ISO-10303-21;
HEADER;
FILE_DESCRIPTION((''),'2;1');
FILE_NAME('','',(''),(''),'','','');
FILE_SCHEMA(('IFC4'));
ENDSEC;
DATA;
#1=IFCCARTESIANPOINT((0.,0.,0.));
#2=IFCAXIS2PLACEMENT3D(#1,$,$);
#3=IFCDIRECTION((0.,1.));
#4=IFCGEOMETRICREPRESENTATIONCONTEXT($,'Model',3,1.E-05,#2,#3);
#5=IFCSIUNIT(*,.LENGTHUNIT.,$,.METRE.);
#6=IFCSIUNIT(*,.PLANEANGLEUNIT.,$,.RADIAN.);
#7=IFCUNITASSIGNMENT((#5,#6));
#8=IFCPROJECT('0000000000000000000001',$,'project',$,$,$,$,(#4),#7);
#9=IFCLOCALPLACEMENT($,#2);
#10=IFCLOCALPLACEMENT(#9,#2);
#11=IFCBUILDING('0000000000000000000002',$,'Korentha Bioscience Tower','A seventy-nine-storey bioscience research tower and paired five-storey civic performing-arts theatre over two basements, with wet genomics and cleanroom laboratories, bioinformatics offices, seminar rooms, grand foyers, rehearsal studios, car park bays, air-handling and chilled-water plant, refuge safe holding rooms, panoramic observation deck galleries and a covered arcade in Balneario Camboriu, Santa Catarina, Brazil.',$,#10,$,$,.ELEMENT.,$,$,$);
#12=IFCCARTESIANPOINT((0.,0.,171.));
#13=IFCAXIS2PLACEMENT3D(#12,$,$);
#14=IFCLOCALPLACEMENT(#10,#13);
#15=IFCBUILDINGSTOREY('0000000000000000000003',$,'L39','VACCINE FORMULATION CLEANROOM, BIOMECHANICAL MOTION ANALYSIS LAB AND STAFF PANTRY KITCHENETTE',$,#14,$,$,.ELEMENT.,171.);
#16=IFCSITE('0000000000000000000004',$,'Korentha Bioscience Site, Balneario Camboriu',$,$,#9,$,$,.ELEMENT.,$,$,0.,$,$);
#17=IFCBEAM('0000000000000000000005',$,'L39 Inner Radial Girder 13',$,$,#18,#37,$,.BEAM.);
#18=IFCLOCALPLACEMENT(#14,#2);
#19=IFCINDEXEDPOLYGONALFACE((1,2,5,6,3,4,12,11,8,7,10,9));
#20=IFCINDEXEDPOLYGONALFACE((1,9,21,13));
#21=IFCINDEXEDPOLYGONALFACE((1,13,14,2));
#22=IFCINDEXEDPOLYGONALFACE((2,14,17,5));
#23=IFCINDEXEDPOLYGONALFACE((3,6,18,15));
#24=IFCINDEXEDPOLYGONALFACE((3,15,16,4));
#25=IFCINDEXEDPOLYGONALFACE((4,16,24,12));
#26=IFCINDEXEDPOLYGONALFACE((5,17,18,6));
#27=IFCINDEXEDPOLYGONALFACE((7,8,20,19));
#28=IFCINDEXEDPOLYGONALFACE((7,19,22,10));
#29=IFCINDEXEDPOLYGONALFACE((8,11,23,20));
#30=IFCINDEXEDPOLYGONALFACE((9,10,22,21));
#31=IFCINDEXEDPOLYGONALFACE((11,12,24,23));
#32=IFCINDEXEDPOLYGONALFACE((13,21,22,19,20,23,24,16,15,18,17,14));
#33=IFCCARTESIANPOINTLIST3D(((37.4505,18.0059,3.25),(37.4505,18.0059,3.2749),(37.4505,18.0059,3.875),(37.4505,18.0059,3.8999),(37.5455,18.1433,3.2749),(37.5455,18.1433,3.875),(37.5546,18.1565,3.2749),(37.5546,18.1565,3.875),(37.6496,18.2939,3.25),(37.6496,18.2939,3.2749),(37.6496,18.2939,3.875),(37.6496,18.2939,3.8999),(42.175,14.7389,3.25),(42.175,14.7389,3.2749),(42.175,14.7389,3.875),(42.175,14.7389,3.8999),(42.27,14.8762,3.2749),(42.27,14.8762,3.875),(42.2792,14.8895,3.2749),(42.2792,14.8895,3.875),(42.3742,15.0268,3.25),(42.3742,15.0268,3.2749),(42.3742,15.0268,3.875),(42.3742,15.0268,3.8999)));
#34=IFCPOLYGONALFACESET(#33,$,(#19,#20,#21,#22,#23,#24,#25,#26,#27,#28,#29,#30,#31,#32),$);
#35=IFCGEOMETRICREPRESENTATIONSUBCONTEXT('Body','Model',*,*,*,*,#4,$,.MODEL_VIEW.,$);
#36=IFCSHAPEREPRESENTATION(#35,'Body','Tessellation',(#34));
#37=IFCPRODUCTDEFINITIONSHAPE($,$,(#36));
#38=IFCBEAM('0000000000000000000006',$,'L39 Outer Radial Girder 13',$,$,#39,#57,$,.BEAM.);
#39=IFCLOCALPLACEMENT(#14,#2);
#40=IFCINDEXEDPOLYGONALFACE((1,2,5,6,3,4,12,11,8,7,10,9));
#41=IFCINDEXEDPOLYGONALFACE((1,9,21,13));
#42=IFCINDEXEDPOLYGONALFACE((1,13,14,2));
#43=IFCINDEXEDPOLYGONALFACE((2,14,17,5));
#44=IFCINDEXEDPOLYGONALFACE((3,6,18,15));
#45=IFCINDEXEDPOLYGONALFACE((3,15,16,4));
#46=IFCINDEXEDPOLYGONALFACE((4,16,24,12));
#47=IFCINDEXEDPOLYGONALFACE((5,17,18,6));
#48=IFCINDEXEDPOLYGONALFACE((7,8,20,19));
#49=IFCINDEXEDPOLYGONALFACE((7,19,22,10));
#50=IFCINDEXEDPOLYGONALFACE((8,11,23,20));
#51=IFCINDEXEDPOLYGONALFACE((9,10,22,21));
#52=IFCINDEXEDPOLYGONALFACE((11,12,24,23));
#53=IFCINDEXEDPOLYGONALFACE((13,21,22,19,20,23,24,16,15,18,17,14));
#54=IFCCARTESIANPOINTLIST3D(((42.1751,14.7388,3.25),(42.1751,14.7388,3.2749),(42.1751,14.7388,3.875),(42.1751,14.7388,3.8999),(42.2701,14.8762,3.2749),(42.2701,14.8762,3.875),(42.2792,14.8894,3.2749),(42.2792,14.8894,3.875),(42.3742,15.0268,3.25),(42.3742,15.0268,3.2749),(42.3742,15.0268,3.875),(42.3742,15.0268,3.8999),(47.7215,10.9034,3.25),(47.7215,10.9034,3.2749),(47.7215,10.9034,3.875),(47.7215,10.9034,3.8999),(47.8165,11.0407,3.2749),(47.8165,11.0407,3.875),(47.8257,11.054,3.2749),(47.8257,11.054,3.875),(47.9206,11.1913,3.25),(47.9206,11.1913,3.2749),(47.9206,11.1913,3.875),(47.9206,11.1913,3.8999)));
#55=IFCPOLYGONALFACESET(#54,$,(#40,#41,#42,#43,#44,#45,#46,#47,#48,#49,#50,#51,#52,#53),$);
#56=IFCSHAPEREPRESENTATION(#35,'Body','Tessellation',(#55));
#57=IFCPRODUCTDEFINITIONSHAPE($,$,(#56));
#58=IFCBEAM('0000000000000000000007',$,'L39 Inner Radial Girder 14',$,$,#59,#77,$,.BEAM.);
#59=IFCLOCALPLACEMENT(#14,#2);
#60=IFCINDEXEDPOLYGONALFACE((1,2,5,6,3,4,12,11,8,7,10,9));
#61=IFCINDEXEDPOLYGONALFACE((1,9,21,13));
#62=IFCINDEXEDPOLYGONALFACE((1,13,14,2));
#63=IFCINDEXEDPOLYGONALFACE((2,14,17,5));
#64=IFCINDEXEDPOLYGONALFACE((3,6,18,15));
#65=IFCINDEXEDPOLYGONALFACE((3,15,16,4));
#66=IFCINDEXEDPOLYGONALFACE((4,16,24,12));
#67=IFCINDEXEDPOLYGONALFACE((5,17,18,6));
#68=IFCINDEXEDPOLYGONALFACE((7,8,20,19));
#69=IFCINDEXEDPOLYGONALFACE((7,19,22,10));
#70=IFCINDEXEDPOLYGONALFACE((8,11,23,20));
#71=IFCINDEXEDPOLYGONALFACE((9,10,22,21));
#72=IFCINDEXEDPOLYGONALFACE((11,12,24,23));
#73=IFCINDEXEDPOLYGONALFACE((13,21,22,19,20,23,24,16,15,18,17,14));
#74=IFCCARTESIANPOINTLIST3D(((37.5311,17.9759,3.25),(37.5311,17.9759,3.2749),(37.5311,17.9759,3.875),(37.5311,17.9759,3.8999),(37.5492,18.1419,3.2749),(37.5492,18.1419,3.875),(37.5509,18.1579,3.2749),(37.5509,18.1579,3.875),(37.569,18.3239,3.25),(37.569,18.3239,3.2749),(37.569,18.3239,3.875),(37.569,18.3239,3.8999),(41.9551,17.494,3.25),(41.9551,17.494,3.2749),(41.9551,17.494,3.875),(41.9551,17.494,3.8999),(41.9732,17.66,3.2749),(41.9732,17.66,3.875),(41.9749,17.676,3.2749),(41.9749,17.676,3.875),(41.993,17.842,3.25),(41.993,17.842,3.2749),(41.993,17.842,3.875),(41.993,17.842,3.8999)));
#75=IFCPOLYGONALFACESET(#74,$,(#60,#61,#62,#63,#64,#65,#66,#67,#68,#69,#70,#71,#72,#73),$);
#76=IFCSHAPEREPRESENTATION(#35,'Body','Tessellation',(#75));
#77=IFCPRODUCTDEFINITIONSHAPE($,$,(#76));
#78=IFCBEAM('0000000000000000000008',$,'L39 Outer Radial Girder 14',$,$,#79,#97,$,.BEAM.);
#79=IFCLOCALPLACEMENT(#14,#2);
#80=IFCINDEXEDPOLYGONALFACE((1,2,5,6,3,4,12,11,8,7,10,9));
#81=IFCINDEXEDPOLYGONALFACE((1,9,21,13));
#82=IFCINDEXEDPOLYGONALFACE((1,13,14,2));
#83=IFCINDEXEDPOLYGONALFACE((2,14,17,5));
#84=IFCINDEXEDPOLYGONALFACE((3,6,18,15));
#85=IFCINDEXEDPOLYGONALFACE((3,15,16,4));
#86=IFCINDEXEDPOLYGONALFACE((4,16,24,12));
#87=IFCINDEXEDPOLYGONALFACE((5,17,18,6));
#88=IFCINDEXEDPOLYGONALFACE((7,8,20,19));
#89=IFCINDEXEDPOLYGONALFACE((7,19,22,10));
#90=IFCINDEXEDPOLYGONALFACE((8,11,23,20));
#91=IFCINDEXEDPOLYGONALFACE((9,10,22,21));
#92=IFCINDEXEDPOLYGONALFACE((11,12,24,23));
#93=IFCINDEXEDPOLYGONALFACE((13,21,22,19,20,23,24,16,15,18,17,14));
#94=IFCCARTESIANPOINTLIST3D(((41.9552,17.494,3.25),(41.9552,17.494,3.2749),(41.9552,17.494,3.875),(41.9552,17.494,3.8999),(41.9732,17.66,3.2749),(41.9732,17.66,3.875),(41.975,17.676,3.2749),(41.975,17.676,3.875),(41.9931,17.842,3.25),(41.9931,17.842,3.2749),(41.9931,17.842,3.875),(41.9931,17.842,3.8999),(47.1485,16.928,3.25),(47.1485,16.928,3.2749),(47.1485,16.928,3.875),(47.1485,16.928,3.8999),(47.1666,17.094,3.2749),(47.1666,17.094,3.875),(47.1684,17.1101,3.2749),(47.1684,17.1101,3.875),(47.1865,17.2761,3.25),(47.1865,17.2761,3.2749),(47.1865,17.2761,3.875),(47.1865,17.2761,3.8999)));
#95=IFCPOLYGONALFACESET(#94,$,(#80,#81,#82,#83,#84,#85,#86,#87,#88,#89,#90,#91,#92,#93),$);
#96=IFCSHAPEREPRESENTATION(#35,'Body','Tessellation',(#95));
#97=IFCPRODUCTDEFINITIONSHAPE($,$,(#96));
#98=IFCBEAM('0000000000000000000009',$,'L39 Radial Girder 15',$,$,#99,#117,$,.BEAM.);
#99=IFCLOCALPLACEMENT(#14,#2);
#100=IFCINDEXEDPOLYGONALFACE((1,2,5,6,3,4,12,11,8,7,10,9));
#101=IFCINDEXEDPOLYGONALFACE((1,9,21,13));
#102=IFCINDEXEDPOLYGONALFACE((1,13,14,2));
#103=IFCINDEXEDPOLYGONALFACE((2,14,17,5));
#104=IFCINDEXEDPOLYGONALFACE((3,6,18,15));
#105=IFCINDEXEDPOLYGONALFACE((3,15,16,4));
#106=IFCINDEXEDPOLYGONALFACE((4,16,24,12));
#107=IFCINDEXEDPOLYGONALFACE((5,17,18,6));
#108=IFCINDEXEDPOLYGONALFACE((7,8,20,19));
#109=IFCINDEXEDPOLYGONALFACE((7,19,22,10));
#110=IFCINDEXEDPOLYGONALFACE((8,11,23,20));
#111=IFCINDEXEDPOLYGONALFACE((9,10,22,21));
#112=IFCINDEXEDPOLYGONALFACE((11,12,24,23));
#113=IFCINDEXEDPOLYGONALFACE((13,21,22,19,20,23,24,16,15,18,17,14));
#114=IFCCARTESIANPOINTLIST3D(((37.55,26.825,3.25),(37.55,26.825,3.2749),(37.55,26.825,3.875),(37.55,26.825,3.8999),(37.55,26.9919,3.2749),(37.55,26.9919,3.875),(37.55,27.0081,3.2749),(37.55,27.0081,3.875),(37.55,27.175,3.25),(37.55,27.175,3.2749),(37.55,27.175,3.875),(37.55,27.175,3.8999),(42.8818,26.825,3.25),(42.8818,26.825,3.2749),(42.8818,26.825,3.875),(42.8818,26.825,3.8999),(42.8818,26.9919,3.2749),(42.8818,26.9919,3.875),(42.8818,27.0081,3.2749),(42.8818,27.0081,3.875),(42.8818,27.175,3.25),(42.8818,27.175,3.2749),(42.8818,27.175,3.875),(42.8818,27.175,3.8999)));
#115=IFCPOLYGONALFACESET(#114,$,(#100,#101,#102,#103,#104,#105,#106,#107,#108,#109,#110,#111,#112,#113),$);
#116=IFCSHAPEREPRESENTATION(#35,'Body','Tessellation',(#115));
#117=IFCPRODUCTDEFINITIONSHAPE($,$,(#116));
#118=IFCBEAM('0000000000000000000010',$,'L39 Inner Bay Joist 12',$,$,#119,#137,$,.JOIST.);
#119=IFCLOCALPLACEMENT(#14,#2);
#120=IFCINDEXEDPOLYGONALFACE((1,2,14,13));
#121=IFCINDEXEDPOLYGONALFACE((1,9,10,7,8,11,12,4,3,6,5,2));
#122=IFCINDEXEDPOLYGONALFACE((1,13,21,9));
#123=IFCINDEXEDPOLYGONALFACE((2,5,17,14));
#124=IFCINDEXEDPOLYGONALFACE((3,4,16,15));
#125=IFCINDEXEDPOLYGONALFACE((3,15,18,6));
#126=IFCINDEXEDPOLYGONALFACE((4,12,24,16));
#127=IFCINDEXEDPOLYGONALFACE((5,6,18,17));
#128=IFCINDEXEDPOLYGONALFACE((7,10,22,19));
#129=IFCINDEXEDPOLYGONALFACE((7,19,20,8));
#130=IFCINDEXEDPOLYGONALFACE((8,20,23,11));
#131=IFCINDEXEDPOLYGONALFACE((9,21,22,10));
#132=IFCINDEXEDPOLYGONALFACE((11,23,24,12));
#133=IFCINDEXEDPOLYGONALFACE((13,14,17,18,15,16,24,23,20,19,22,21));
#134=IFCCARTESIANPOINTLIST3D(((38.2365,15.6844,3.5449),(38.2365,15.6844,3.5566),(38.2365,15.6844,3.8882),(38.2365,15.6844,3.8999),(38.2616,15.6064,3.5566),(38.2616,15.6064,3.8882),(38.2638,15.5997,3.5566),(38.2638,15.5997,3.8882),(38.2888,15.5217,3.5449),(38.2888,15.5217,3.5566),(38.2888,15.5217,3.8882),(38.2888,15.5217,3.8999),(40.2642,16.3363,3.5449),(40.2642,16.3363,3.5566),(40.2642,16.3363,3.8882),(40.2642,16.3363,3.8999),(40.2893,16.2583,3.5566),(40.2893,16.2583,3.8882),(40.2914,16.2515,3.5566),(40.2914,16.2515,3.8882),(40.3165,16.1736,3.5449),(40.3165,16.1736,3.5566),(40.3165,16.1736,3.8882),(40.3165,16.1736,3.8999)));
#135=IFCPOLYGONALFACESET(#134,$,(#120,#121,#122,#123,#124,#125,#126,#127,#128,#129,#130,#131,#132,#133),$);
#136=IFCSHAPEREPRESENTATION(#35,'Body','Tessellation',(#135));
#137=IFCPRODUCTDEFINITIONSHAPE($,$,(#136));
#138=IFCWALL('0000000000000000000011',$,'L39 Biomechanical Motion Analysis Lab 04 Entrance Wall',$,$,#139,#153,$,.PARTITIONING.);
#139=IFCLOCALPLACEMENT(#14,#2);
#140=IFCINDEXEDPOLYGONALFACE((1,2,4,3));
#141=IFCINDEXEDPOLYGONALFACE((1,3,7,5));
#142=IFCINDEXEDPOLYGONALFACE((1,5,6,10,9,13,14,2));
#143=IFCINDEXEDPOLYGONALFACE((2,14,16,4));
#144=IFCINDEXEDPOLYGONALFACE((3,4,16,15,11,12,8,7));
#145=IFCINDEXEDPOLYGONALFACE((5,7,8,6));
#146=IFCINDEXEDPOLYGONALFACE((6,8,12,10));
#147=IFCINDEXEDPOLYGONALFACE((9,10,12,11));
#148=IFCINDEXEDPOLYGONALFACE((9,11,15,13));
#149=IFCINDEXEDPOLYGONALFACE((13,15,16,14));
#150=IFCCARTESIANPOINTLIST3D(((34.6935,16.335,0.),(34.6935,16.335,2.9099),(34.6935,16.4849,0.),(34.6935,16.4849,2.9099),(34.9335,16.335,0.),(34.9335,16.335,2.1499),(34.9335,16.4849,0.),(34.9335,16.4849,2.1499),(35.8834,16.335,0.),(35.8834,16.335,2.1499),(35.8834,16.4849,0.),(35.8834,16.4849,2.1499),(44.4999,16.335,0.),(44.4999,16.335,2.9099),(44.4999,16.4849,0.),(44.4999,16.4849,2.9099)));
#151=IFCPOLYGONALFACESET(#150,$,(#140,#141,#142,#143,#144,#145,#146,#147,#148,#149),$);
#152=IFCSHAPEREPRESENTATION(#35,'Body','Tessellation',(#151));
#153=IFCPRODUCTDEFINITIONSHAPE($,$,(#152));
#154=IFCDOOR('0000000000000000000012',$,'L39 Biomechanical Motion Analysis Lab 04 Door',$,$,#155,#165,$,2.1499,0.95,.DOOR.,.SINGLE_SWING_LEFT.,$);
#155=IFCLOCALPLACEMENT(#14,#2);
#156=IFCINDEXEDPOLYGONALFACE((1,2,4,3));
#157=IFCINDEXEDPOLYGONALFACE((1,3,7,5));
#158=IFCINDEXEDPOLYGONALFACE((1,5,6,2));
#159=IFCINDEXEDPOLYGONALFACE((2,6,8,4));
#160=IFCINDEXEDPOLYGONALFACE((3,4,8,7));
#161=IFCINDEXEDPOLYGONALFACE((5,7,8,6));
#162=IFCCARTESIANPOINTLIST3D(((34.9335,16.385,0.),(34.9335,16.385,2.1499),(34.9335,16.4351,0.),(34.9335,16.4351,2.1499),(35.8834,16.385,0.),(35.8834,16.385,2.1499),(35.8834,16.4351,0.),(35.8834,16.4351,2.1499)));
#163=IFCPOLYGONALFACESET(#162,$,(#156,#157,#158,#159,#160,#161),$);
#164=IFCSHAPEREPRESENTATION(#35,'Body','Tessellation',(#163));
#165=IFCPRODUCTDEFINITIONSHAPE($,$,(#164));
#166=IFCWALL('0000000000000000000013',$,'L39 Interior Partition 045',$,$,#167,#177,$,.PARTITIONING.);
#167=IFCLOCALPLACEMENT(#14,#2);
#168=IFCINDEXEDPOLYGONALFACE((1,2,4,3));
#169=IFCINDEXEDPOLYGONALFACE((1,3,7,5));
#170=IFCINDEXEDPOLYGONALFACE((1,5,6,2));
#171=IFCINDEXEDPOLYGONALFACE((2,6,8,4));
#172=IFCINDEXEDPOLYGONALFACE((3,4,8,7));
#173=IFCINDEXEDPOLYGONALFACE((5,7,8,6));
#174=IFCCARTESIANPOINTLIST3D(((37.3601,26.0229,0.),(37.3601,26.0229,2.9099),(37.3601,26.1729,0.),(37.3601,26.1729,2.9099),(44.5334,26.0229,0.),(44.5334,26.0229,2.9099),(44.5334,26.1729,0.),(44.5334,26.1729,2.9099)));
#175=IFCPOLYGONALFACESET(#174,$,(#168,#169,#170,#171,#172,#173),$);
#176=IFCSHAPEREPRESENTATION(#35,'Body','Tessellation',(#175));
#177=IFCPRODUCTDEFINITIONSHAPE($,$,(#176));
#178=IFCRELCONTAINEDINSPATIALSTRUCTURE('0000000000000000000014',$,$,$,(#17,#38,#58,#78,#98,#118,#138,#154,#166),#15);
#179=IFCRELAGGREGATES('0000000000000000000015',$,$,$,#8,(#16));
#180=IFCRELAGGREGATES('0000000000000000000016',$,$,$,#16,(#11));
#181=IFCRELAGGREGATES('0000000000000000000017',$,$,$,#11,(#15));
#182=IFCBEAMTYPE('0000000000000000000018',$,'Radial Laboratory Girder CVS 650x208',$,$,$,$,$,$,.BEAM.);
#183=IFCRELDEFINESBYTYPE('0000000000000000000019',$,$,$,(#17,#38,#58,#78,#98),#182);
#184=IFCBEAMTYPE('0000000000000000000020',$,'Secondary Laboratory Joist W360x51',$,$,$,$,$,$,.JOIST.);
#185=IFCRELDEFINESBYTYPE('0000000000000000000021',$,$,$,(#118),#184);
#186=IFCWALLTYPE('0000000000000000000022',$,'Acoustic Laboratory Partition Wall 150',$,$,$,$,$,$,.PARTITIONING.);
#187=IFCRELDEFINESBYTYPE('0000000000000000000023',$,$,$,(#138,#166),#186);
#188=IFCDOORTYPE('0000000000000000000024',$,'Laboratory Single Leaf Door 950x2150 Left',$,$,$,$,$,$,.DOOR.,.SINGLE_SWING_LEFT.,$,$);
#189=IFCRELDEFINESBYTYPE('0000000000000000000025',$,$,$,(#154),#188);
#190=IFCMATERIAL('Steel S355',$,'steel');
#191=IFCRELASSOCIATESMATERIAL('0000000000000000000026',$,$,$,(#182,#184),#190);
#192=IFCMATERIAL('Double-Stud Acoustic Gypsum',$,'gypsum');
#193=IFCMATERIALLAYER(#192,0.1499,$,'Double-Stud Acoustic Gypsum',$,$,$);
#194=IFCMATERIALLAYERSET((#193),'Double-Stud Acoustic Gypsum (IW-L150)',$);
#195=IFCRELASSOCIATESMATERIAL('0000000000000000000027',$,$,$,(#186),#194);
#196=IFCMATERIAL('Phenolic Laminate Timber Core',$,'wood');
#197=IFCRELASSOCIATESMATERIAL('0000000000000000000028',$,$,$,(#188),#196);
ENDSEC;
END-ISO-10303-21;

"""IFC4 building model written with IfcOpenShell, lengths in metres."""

from ifc_helpers import new_model, si_unit, direction, frame, frame_2d, origin, origin_2d, place, context, subcontext, project, spatial, rectangle, i_section, extrude, material, layer, layer_set, material_profile, profile_set, type_object, element, fill, save


model = new_model("IFC4")

# Units and contexts
model_context = context("Model", 3, precision=1e-05, world=origin(), true_north=direction((0.0, 1.0)))
body_context = subcontext(model_context, "Body", "Model", "MODEL_VIEW")
ifc_project = project(units=[si_unit("LENGTHUNIT", "METRE"), si_unit("PLANEANGLEUNIT", "RADIAN")], contexts=[model_context])

# Site, building, storey
site_placement = place(None, origin())
site = spatial("IfcSite", under=ifc_project, at=site_placement, Name="Korentha Bioscience Site, Balneario Camboriu", CompositionType="ELEMENT", RefElevation=0.0)
building_placement = place(site_placement, origin())
building = spatial("IfcBuilding", under=site, at=building_placement, Name="Korentha Bioscience Tower", Description="A seventy-nine-storey bioscience research tower and paired five-storey civic performing-arts theatre over two basements, with wet genomics and cleanroom laboratories, bioinformatics offices, seminar rooms, grand foyers, rehearsal studios, car park bays, air-handling and chilled-water plant, refuge safe holding rooms, panoramic observation deck galleries and a covered arcade in Balneario Camboriu, Santa Catarina, Brazil.", CompositionType="ELEMENT")
storey_placement = place(building_placement, frame((0.0, 0.0, 171.0)))
storey = spatial("IfcBuildingStorey", under=building, at=storey_placement, Name="L39", Description="VACCINE FORMULATION CLEANROOM, BIOMECHANICAL MOTION ANALYSIS LAB AND STAFF PANTRY KITCHENETTE", CompositionType="ELEMENT", Elevation=171.0)

# Beams
ifc_material_1 = material(Name="Steel S355", Category="steel")
ifc_material_profile_1 = material_profile(ifc_material_1, i_section(OverallWidth=0.3501, OverallDepth=0.6499, WebThickness=0.0161, FlangeThickness=0.0249, at=origin_2d()), Name="Steel S355")
ifc_profile_set_1 = profile_set([ifc_material_profile_1], Name="Steel S355 (RB-650)")
beam_type_1 = type_object("IfcBeamType", Name="Radial Laboratory Girder CVS 650x208", PredefinedType="BEAM", material=ifc_profile_set_1)
beam_1_placement = place(storey_placement, frame((37.55, 18.1499, 3.575), z_axis=(0.822501, -0.568763, 0.0), x_axis=(0.568763, 0.822501, 0.0)))
element("IfcBeam", 1, at=beam_1_placement, inside=storey, type_object=beam_type_1, Name="L39 Inner Radial Girder 13", PredefinedType="BEAM", context=body_context, shape_type="SweptSolid", body=[
    extrude(i_section(OverallWidth=0.3501, OverallDepth=0.6499, WebThickness=0.0161, FlangeThickness=0.0249, at=origin_2d()), origin(), (0.0, 0.0, 1.0), 5.7441),
])
beam_2_placement = place(storey_placement, frame((42.2747, 14.8828, 3.575), z_axis=(0.822494, -0.568773, 0.0), x_axis=(0.568773, 0.822494, 0.0)))
element("IfcBeam", 2, at=beam_2_placement, inside=storey, type_object=beam_type_1, Name="L39 Outer Radial Girder 13", PredefinedType="BEAM", context=body_context, shape_type="SweptSolid", body=[
    extrude(i_section(OverallWidth=0.3501, OverallDepth=0.6499, WebThickness=0.0161, FlangeThickness=0.0249, at=origin_2d()), origin(), (0.0, 0.0, 1.0), 6.7434),
])
beam_3_placement = place(storey_placement, frame((37.55, 18.1499, 3.575), z_axis=(0.994119, -0.108294, 0.0), x_axis=(0.108294, 0.994119, 0.0)))
element("IfcBeam", 3, at=beam_3_placement, inside=storey, type_object=beam_type_1, Name="L39 Inner Radial Girder 14", PredefinedType="BEAM", context=body_context, shape_type="SweptSolid", body=[
    extrude(i_section(OverallWidth=0.3501, OverallDepth=0.6499, WebThickness=0.0161, FlangeThickness=0.0249, at=origin_2d()), origin(), (0.0, 0.0, 1.0), 4.4502),
])
beam_4_placement = place(storey_placement, frame((41.9741, 17.668, 3.575), z_axis=(0.994115, -0.108328, 0.0), x_axis=(0.108328, 0.994115, 0.0)))
element("IfcBeam", 4, at=beam_4_placement, inside=storey, type_object=beam_type_1, Name="L39 Outer Radial Girder 14", PredefinedType="BEAM", context=body_context, shape_type="SweptSolid", body=[
    extrude(i_section(OverallWidth=0.3501, OverallDepth=0.6499, WebThickness=0.0161, FlangeThickness=0.0249, at=origin_2d()), origin(), (0.0, 0.0, 1.0), 5.2241),
])
beam_5_placement = place(storey_placement, frame((37.55, 27.0, 3.575), z_axis=(1.0, 0.0, 0.0), x_axis=(0.0, 1.0, 0.0)))
element("IfcBeam", 5, at=beam_5_placement, inside=storey, type_object=beam_type_1, Name="L39 Radial Girder 15", PredefinedType="BEAM", context=body_context, shape_type="SweptSolid", body=[
    extrude(i_section(OverallWidth=0.3501, OverallDepth=0.6499, WebThickness=0.0161, FlangeThickness=0.0249, at=origin_2d()), origin(), (0.0, 0.0, 1.0), 5.3318),
])
ifc_material_profile_2 = material_profile(ifc_material_1, i_section(OverallWidth=0.1709, OverallDepth=0.355, WebThickness=0.0071, FlangeThickness=0.0117, at=origin_2d()), Name="Steel S355")
ifc_profile_set_2 = profile_set([ifc_material_profile_2], Name="Steel S355 (JB-360)")
beam_type_2 = type_object("IfcBeamType", Name="Secondary Laboratory Joist W360x51", PredefinedType="JOIST", material=ifc_profile_set_2)
beam_6_placement = place(storey_placement, frame((38.2627, 15.603, 3.7224), z_axis=(0.952011, 0.306065, 0.0), x_axis=(-0.306065, 0.952011, 0.0)))
element("IfcBeam", 6, at=beam_6_placement, inside=storey, type_object=beam_type_2, Name="L39 Inner Bay Joist 12", PredefinedType="JOIST", context=body_context, shape_type="SweptSolid", body=[
    extrude(i_section(OverallWidth=0.1709, OverallDepth=0.355, WebThickness=0.0071, FlangeThickness=0.0117, at=origin_2d()), origin(), (0.0, 0.0, 1.0), 2.1299),
])

# Wall, opening, door
ifc_material_2 = material(Name="Double-Stud Acoustic Gypsum", Category="gypsum")
ifc_layer_1 = layer(ifc_material_2, 0.1499, Name="Double-Stud Acoustic Gypsum")
ifc_layer_set_1 = layer_set([ifc_layer_1], Name="Double-Stud Acoustic Gypsum (IW-L150)")
wall_type_1 = type_object("IfcWallType", Name="Acoustic Laboratory Partition Wall 150", PredefinedType="PARTITIONING", material=ifc_layer_set_1)
wall_1_placement = place(storey_placement, frame((44.5, 16.4099, 0.0), z_axis=(0.0, 0.0, 1.0), x_axis=(-1.0, 0.0, 0.0)))
wall_1 = element("IfcWall", 7, at=wall_1_placement, inside=storey, type_object=wall_type_1, Name="L39 Biomechanical Motion Analysis Lab 04 Entrance Wall", PredefinedType="PARTITIONING", context=body_context, shape_type="SweptSolid", body=[
    extrude(rectangle(XDim=9.8064, YDim=0.1499, at=frame_2d((4.9033, 0.0))), origin(), (0.0, 0.0, 1.0), 2.9099),
])
opening_placement = place(wall_1_placement, frame((8.6165, 0.0, 0.0)))
opening = element("IfcOpeningElement", 8, at=opening_placement, cuts=wall_1, PredefinedType="OPENING", context=body_context, shape_type="SweptSolid", body=[
    extrude(rectangle(XDim=0.95, YDim=2.1499, at=frame_2d((0.4751, 1.075))), frame((0.0, 0.0898, 0.0), z_axis=(0.0, -1.0, 0.0), x_axis=(1.0, 0.0, 0.0)), (0.0, 0.0, 1.0), 0.1797),
])
ifc_material_3 = material(Name="Phenolic Laminate Timber Core", Category="wood")
door_type = type_object("IfcDoorType", Name="Laboratory Single Leaf Door 950x2150 Left", OperationType="SINGLE_SWING_LEFT", PredefinedType="DOOR", material=ifc_material_3)
door_placement = place(opening_placement, origin())
door = element("IfcDoor", 9, at=door_placement, inside=storey, type_object=door_type, Name="L39 Biomechanical Motion Analysis Lab 04 Door", OperationType="SINGLE_SWING_LEFT", OverallHeight=2.1499, OverallWidth=0.95, PredefinedType="DOOR", context=body_context, shape_type="SweptSolid", body=[
    extrude(rectangle(XDim=0.95, YDim=2.1499, at=frame_2d((0.4751, 1.075))), frame((0.0, 0.0249, 0.0), z_axis=(0.0, -1.0, 0.0), x_axis=(1.0, 0.0, 0.0)), (0.0, 0.0, 1.0), 0.05),
])
fill(opening, door)

# Wall
wall_2_placement = place(storey_placement, frame((37.3601, 26.0979, 0.0), z_axis=(0.0, 0.0, 1.0), x_axis=(1.0, 0.0, 0.0)))
element("IfcWall", 10, at=wall_2_placement, inside=storey, type_object=wall_type_1, Name="L39 Interior Partition 045", PredefinedType="PARTITIONING", context=body_context, shape_type="SweptSolid", body=[
    extrude(rectangle(XDim=7.1733, YDim=0.1499, at=frame_2d((3.5867, 0.0))), origin(), (0.0, 0.0, 1.0), 2.9099),
])

save(model, "model.ifc")
